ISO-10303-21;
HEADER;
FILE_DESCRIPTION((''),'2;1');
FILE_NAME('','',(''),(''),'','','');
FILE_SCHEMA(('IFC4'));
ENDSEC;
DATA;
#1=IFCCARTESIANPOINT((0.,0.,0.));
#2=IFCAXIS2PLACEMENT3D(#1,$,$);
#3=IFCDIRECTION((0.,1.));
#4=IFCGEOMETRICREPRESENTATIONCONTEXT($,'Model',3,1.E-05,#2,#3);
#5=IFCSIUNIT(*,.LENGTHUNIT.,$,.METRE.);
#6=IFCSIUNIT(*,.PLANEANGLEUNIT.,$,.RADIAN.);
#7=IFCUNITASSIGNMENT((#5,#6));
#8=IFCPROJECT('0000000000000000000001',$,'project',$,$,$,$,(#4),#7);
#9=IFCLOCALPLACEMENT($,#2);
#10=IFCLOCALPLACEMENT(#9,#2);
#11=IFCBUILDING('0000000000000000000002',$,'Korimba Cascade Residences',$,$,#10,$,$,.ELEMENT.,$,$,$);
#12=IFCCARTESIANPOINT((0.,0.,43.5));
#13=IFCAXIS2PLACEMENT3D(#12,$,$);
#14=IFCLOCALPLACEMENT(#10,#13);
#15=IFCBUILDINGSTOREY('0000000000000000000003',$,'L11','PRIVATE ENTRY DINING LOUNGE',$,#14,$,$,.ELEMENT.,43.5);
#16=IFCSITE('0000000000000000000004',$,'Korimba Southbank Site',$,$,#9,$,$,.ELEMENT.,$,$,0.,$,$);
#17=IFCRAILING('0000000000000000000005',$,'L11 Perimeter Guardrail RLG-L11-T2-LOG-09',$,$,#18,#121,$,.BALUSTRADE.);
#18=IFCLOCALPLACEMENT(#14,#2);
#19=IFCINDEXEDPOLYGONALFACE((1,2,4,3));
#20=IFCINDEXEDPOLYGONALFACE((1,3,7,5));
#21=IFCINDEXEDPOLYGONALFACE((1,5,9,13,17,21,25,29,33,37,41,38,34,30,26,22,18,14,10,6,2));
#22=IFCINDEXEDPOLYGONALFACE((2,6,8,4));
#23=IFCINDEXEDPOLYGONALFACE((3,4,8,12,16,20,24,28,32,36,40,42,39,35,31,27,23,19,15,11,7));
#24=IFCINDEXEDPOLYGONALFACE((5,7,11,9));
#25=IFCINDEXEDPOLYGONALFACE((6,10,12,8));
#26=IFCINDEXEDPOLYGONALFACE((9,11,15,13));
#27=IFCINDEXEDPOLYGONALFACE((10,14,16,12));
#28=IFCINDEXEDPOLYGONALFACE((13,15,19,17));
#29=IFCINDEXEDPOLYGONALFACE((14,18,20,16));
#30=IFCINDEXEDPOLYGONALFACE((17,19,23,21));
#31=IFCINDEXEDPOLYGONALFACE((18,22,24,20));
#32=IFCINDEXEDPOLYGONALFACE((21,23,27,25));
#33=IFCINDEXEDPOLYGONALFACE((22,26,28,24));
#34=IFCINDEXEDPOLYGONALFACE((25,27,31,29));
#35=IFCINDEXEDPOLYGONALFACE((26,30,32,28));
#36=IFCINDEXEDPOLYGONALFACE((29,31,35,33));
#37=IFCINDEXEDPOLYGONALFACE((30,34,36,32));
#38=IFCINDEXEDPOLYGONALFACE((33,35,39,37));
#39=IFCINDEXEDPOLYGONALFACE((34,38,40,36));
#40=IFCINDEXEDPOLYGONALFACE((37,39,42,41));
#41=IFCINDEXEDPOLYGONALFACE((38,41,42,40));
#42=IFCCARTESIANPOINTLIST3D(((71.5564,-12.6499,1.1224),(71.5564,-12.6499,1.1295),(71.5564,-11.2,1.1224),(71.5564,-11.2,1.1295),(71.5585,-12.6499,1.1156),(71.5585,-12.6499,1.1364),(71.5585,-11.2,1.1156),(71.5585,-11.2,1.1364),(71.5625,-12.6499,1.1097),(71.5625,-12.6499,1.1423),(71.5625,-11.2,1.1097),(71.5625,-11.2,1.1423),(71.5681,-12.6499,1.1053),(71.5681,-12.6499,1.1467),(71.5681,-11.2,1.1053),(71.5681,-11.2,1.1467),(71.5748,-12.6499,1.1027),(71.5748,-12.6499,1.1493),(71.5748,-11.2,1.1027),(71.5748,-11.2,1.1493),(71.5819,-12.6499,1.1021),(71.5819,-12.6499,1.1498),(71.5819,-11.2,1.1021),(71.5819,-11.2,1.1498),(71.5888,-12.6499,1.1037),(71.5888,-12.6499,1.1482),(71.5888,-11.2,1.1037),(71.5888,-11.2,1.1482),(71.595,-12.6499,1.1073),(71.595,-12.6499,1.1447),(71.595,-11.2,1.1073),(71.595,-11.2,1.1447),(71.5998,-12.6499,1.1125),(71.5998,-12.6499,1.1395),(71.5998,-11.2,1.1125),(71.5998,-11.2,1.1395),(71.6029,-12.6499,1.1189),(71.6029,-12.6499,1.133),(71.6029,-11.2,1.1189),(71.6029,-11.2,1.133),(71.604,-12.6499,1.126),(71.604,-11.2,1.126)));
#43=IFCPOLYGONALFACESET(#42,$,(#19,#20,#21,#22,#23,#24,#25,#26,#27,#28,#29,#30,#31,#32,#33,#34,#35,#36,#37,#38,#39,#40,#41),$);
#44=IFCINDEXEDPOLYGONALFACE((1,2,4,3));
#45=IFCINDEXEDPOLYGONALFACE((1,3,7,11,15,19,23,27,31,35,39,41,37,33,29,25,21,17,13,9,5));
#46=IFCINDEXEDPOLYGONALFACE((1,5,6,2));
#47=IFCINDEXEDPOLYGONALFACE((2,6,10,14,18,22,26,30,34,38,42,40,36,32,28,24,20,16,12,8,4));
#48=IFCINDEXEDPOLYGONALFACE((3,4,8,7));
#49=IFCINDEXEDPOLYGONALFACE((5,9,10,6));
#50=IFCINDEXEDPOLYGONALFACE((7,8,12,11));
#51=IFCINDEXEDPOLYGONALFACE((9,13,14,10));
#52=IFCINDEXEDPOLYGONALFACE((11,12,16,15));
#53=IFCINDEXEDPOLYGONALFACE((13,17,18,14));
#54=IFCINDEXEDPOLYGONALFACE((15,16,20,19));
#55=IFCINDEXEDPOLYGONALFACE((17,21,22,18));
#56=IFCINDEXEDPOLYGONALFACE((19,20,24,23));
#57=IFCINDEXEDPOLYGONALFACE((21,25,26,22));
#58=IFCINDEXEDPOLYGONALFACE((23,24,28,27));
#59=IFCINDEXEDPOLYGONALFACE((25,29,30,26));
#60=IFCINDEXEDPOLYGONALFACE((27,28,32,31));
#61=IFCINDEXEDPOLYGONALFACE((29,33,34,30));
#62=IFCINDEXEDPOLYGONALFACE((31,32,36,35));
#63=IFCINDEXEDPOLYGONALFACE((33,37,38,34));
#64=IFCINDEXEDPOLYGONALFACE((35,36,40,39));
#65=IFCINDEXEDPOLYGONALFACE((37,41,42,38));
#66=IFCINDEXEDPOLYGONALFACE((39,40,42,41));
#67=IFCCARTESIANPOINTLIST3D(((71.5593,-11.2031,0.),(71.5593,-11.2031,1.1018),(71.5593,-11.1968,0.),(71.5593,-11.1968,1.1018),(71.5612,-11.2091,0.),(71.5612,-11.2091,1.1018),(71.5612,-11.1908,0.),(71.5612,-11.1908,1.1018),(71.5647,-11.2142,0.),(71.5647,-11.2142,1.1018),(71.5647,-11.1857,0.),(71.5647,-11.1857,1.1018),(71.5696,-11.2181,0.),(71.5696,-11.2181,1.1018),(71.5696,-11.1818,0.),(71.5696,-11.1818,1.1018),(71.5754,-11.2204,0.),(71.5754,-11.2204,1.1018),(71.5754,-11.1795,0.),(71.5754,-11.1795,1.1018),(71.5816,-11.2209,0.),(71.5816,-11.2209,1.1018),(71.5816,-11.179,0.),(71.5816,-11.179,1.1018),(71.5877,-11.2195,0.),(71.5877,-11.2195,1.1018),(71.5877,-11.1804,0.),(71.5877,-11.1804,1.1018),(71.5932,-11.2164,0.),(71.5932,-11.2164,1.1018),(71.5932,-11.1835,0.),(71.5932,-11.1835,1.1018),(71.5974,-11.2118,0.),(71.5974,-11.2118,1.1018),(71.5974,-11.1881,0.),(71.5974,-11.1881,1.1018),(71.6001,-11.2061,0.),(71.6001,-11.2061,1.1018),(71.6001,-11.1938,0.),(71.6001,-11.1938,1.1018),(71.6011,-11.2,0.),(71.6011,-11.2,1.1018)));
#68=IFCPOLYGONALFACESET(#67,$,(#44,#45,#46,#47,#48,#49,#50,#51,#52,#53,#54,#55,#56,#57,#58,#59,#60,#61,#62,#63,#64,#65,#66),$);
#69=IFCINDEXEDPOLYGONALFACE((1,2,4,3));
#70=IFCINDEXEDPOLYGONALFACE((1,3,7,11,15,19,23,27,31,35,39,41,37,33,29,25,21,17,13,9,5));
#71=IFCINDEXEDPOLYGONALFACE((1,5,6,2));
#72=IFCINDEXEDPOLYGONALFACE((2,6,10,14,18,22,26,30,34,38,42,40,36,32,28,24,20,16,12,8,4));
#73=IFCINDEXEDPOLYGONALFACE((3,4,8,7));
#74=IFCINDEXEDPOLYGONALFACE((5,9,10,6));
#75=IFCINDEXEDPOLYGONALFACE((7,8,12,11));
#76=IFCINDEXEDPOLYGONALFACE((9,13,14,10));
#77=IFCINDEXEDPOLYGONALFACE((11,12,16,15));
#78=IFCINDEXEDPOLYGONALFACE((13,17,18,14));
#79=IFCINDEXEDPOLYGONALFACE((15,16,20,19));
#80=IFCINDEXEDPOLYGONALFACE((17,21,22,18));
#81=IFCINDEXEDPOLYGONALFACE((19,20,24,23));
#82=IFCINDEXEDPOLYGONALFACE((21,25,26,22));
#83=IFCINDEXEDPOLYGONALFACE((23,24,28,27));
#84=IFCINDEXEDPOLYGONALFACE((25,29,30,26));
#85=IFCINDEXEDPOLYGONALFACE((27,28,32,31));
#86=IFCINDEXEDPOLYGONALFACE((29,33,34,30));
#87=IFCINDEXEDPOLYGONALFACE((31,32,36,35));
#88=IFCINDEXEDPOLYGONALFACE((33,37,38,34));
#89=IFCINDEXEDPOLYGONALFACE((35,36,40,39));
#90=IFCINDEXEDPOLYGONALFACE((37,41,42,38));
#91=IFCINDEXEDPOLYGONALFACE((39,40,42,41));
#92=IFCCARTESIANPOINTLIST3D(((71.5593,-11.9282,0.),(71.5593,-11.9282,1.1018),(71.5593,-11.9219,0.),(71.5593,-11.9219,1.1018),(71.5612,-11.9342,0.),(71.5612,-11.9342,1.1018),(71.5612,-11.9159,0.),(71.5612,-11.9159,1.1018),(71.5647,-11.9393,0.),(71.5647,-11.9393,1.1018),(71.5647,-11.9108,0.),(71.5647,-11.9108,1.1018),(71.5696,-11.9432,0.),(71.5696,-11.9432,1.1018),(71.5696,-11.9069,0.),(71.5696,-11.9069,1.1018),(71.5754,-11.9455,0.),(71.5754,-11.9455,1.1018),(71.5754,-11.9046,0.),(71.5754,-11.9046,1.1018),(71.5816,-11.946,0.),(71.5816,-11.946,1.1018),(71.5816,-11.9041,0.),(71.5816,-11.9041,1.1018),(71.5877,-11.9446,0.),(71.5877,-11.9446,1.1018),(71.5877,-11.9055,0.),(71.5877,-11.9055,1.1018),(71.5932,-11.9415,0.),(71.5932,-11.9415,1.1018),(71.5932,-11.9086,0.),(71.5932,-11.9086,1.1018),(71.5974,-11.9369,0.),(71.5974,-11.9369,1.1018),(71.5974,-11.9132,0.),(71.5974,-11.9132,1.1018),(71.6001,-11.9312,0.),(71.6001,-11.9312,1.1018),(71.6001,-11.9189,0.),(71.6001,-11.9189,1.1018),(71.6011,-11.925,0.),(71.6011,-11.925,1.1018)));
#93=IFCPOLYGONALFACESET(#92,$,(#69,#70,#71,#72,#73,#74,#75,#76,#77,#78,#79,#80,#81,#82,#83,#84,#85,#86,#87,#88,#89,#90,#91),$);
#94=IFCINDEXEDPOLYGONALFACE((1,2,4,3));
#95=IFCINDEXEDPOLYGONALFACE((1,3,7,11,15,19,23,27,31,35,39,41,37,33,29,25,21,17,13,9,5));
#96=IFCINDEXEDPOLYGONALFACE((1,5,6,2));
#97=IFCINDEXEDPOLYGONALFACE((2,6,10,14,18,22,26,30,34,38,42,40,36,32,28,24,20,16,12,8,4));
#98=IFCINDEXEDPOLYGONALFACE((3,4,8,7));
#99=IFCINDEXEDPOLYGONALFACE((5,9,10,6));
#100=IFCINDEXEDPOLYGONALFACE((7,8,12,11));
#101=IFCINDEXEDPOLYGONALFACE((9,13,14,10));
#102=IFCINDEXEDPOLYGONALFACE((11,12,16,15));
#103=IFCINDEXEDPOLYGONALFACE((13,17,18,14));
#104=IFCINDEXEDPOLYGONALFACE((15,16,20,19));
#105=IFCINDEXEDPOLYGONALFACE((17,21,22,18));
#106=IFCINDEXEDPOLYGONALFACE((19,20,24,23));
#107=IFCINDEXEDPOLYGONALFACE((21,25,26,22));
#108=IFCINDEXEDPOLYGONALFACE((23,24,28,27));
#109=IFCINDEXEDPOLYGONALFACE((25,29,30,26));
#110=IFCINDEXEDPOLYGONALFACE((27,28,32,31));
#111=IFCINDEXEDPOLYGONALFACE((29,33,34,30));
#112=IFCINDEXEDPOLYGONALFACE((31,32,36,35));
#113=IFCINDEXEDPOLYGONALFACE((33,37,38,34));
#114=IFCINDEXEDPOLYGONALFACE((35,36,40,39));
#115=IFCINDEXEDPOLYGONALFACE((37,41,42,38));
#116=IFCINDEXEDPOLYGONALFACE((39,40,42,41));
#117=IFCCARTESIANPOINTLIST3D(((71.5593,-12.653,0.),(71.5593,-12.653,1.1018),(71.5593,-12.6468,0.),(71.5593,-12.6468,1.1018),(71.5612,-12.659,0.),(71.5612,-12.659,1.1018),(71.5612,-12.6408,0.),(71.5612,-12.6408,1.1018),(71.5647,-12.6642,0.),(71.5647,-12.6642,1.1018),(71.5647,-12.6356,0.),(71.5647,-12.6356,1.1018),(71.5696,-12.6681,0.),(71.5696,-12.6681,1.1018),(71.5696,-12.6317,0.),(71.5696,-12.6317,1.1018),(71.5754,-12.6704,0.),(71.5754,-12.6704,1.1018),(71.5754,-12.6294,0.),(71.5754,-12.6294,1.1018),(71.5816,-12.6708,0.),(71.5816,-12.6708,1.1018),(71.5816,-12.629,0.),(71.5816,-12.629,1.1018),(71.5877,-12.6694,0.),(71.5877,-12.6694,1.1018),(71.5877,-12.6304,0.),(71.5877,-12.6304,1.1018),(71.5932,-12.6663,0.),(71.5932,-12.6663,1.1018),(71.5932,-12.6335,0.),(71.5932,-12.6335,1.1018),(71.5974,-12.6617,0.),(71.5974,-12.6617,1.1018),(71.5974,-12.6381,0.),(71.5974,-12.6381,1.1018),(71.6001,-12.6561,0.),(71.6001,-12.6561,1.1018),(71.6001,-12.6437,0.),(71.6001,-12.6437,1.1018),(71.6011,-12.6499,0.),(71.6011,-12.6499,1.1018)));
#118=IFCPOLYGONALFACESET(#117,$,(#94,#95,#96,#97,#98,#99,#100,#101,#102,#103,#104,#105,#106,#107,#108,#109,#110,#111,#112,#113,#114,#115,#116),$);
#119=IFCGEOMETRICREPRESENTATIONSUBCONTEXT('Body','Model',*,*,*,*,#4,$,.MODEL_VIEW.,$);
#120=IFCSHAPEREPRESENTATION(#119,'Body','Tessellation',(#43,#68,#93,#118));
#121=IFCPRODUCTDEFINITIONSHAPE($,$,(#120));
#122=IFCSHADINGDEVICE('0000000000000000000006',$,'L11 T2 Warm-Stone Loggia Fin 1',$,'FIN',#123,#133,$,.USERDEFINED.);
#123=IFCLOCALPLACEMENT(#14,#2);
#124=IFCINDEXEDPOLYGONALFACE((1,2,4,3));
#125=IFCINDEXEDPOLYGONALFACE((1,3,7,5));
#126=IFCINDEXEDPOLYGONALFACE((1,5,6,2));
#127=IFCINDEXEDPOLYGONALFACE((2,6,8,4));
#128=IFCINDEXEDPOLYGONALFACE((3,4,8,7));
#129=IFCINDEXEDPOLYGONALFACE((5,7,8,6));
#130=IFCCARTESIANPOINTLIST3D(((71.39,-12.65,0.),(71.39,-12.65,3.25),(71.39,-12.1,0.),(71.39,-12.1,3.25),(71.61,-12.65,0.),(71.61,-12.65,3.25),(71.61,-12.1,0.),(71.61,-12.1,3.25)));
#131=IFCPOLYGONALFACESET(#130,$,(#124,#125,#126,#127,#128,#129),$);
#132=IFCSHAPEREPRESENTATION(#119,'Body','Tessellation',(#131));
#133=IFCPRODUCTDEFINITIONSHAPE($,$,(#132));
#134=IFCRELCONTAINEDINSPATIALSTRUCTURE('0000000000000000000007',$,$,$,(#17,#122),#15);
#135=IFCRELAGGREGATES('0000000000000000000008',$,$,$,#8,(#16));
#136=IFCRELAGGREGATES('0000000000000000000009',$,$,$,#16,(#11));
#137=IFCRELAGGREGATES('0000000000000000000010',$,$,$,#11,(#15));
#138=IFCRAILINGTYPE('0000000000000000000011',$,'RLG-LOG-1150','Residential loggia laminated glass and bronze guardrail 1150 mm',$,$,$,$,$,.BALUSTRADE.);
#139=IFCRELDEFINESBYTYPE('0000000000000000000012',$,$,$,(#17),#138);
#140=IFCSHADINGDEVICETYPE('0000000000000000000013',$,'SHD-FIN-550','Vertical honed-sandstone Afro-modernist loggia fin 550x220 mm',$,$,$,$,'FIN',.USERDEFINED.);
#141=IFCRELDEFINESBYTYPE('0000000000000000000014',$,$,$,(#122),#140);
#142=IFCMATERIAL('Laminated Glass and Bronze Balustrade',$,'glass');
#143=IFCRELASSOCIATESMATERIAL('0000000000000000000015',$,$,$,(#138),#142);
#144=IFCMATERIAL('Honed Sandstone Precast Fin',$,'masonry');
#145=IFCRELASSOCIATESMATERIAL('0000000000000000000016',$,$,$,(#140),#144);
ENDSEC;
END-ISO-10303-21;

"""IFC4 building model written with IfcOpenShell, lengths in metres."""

from ifc_helpers import new_model, si_unit, direction, frame, origin, origin_2d, place, context, subcontext, project, spatial, rectangle, circle, extrude, material, type_object, element, save


model = new_model("IFC4")

# Units and contexts
model_context = context("Model", 3, precision=1e-05, world=origin(), true_north=direction((0.0, 1.0)))
body_context = subcontext(model_context, "Body", "Model", "MODEL_VIEW")
ifc_project = project(units=[si_unit("LENGTHUNIT", "METRE"), si_unit("PLANEANGLEUNIT", "RADIAN")], contexts=[model_context])

# Site, building, storey
site_placement = place(None, origin())
site = spatial("IfcSite", under=ifc_project, at=site_placement, Name="Korimba Southbank Site", CompositionType="ELEMENT", RefElevation=0.0)
building_placement = place(site_placement, origin())
building = spatial("IfcBuilding", under=site, at=building_placement, Name="Korimba Cascade Residences", CompositionType="ELEMENT")
storey_placement = place(building_placement, frame((0.0, 0.0, 43.5)))
storey = spatial("IfcBuildingStorey", under=building, at=storey_placement, Name="L11", Description="PRIVATE ENTRY DINING LOUNGE", CompositionType="ELEMENT", Elevation=43.5)

# Railing
ifc_material_1 = material(Name="Laminated Glass and Bronze Balustrade", Category="glass")
railing_type = type_object("IfcRailingType", Name="RLG-LOG-1150", Description="Residential loggia laminated glass and bronze guardrail 1150 mm", PredefinedType="BALUSTRADE", material=ifc_material_1)
railing_1_placement = place(storey_placement, frame((71.5801, -11.2, 0.0)))
element("IfcRailing", 1, at=railing_1_placement, inside=storey, type_object=railing_type, Name="L11 Perimeter Guardrail RLG-L11-T2-LOG-09", PredefinedType="BALUSTRADE", context=body_context, shape_type="SweptSolid", body=[
    extrude(circle(Radius=0.0239, at=origin_2d()), frame((0.0, 0.0, 1.126), z_axis=(0.0, -1.0, 0.0), x_axis=(1.0, 0.0, 0.0)), (0.0, 0.0, 1.0), 1.45),
    extrude(circle(Radius=0.021, at=origin_2d()), origin(), (0.0, 0.0, 1.0), 1.1018),
    extrude(circle(Radius=0.021, at=origin_2d()), frame((0.0, -0.7251, 0.0)), (0.0, 0.0, 1.0), 1.1018),
    extrude(circle(Radius=0.021, at=origin_2d()), frame((0.0, -1.45, 0.0)), (0.0, 0.0, 1.0), 1.1018),
])

# Shading device
ifc_material_2 = material(Name="Honed Sandstone Precast Fin", Category="masonry")
shading_device_type = type_object("IfcShadingDeviceType", Name="SHD-FIN-550", Description="Vertical honed-sandstone Afro-modernist loggia fin 550x220 mm", ElementType="FIN", PredefinedType="USERDEFINED", material=ifc_material_2)
shading_device_placement = place(storey_placement, frame((71.5, -12.375, 0.0), z_axis=(0.0, 0.0, 1.0), x_axis=(1.0, 0.0, 0.0)))
element("IfcShadingDevice", 2, at=shading_device_placement, inside=storey, type_object=shading_device_type, Name="L11 T2 Warm-Stone Loggia Fin 1", ObjectType="FIN", PredefinedType="USERDEFINED", context=body_context, shape_type="SweptSolid", body=[
    extrude(rectangle(XDim=0.22, YDim=0.55, at=origin_2d()), origin(), (0.0, 0.0, 1.0), 3.25),
])

save(model, "model.ifc")
